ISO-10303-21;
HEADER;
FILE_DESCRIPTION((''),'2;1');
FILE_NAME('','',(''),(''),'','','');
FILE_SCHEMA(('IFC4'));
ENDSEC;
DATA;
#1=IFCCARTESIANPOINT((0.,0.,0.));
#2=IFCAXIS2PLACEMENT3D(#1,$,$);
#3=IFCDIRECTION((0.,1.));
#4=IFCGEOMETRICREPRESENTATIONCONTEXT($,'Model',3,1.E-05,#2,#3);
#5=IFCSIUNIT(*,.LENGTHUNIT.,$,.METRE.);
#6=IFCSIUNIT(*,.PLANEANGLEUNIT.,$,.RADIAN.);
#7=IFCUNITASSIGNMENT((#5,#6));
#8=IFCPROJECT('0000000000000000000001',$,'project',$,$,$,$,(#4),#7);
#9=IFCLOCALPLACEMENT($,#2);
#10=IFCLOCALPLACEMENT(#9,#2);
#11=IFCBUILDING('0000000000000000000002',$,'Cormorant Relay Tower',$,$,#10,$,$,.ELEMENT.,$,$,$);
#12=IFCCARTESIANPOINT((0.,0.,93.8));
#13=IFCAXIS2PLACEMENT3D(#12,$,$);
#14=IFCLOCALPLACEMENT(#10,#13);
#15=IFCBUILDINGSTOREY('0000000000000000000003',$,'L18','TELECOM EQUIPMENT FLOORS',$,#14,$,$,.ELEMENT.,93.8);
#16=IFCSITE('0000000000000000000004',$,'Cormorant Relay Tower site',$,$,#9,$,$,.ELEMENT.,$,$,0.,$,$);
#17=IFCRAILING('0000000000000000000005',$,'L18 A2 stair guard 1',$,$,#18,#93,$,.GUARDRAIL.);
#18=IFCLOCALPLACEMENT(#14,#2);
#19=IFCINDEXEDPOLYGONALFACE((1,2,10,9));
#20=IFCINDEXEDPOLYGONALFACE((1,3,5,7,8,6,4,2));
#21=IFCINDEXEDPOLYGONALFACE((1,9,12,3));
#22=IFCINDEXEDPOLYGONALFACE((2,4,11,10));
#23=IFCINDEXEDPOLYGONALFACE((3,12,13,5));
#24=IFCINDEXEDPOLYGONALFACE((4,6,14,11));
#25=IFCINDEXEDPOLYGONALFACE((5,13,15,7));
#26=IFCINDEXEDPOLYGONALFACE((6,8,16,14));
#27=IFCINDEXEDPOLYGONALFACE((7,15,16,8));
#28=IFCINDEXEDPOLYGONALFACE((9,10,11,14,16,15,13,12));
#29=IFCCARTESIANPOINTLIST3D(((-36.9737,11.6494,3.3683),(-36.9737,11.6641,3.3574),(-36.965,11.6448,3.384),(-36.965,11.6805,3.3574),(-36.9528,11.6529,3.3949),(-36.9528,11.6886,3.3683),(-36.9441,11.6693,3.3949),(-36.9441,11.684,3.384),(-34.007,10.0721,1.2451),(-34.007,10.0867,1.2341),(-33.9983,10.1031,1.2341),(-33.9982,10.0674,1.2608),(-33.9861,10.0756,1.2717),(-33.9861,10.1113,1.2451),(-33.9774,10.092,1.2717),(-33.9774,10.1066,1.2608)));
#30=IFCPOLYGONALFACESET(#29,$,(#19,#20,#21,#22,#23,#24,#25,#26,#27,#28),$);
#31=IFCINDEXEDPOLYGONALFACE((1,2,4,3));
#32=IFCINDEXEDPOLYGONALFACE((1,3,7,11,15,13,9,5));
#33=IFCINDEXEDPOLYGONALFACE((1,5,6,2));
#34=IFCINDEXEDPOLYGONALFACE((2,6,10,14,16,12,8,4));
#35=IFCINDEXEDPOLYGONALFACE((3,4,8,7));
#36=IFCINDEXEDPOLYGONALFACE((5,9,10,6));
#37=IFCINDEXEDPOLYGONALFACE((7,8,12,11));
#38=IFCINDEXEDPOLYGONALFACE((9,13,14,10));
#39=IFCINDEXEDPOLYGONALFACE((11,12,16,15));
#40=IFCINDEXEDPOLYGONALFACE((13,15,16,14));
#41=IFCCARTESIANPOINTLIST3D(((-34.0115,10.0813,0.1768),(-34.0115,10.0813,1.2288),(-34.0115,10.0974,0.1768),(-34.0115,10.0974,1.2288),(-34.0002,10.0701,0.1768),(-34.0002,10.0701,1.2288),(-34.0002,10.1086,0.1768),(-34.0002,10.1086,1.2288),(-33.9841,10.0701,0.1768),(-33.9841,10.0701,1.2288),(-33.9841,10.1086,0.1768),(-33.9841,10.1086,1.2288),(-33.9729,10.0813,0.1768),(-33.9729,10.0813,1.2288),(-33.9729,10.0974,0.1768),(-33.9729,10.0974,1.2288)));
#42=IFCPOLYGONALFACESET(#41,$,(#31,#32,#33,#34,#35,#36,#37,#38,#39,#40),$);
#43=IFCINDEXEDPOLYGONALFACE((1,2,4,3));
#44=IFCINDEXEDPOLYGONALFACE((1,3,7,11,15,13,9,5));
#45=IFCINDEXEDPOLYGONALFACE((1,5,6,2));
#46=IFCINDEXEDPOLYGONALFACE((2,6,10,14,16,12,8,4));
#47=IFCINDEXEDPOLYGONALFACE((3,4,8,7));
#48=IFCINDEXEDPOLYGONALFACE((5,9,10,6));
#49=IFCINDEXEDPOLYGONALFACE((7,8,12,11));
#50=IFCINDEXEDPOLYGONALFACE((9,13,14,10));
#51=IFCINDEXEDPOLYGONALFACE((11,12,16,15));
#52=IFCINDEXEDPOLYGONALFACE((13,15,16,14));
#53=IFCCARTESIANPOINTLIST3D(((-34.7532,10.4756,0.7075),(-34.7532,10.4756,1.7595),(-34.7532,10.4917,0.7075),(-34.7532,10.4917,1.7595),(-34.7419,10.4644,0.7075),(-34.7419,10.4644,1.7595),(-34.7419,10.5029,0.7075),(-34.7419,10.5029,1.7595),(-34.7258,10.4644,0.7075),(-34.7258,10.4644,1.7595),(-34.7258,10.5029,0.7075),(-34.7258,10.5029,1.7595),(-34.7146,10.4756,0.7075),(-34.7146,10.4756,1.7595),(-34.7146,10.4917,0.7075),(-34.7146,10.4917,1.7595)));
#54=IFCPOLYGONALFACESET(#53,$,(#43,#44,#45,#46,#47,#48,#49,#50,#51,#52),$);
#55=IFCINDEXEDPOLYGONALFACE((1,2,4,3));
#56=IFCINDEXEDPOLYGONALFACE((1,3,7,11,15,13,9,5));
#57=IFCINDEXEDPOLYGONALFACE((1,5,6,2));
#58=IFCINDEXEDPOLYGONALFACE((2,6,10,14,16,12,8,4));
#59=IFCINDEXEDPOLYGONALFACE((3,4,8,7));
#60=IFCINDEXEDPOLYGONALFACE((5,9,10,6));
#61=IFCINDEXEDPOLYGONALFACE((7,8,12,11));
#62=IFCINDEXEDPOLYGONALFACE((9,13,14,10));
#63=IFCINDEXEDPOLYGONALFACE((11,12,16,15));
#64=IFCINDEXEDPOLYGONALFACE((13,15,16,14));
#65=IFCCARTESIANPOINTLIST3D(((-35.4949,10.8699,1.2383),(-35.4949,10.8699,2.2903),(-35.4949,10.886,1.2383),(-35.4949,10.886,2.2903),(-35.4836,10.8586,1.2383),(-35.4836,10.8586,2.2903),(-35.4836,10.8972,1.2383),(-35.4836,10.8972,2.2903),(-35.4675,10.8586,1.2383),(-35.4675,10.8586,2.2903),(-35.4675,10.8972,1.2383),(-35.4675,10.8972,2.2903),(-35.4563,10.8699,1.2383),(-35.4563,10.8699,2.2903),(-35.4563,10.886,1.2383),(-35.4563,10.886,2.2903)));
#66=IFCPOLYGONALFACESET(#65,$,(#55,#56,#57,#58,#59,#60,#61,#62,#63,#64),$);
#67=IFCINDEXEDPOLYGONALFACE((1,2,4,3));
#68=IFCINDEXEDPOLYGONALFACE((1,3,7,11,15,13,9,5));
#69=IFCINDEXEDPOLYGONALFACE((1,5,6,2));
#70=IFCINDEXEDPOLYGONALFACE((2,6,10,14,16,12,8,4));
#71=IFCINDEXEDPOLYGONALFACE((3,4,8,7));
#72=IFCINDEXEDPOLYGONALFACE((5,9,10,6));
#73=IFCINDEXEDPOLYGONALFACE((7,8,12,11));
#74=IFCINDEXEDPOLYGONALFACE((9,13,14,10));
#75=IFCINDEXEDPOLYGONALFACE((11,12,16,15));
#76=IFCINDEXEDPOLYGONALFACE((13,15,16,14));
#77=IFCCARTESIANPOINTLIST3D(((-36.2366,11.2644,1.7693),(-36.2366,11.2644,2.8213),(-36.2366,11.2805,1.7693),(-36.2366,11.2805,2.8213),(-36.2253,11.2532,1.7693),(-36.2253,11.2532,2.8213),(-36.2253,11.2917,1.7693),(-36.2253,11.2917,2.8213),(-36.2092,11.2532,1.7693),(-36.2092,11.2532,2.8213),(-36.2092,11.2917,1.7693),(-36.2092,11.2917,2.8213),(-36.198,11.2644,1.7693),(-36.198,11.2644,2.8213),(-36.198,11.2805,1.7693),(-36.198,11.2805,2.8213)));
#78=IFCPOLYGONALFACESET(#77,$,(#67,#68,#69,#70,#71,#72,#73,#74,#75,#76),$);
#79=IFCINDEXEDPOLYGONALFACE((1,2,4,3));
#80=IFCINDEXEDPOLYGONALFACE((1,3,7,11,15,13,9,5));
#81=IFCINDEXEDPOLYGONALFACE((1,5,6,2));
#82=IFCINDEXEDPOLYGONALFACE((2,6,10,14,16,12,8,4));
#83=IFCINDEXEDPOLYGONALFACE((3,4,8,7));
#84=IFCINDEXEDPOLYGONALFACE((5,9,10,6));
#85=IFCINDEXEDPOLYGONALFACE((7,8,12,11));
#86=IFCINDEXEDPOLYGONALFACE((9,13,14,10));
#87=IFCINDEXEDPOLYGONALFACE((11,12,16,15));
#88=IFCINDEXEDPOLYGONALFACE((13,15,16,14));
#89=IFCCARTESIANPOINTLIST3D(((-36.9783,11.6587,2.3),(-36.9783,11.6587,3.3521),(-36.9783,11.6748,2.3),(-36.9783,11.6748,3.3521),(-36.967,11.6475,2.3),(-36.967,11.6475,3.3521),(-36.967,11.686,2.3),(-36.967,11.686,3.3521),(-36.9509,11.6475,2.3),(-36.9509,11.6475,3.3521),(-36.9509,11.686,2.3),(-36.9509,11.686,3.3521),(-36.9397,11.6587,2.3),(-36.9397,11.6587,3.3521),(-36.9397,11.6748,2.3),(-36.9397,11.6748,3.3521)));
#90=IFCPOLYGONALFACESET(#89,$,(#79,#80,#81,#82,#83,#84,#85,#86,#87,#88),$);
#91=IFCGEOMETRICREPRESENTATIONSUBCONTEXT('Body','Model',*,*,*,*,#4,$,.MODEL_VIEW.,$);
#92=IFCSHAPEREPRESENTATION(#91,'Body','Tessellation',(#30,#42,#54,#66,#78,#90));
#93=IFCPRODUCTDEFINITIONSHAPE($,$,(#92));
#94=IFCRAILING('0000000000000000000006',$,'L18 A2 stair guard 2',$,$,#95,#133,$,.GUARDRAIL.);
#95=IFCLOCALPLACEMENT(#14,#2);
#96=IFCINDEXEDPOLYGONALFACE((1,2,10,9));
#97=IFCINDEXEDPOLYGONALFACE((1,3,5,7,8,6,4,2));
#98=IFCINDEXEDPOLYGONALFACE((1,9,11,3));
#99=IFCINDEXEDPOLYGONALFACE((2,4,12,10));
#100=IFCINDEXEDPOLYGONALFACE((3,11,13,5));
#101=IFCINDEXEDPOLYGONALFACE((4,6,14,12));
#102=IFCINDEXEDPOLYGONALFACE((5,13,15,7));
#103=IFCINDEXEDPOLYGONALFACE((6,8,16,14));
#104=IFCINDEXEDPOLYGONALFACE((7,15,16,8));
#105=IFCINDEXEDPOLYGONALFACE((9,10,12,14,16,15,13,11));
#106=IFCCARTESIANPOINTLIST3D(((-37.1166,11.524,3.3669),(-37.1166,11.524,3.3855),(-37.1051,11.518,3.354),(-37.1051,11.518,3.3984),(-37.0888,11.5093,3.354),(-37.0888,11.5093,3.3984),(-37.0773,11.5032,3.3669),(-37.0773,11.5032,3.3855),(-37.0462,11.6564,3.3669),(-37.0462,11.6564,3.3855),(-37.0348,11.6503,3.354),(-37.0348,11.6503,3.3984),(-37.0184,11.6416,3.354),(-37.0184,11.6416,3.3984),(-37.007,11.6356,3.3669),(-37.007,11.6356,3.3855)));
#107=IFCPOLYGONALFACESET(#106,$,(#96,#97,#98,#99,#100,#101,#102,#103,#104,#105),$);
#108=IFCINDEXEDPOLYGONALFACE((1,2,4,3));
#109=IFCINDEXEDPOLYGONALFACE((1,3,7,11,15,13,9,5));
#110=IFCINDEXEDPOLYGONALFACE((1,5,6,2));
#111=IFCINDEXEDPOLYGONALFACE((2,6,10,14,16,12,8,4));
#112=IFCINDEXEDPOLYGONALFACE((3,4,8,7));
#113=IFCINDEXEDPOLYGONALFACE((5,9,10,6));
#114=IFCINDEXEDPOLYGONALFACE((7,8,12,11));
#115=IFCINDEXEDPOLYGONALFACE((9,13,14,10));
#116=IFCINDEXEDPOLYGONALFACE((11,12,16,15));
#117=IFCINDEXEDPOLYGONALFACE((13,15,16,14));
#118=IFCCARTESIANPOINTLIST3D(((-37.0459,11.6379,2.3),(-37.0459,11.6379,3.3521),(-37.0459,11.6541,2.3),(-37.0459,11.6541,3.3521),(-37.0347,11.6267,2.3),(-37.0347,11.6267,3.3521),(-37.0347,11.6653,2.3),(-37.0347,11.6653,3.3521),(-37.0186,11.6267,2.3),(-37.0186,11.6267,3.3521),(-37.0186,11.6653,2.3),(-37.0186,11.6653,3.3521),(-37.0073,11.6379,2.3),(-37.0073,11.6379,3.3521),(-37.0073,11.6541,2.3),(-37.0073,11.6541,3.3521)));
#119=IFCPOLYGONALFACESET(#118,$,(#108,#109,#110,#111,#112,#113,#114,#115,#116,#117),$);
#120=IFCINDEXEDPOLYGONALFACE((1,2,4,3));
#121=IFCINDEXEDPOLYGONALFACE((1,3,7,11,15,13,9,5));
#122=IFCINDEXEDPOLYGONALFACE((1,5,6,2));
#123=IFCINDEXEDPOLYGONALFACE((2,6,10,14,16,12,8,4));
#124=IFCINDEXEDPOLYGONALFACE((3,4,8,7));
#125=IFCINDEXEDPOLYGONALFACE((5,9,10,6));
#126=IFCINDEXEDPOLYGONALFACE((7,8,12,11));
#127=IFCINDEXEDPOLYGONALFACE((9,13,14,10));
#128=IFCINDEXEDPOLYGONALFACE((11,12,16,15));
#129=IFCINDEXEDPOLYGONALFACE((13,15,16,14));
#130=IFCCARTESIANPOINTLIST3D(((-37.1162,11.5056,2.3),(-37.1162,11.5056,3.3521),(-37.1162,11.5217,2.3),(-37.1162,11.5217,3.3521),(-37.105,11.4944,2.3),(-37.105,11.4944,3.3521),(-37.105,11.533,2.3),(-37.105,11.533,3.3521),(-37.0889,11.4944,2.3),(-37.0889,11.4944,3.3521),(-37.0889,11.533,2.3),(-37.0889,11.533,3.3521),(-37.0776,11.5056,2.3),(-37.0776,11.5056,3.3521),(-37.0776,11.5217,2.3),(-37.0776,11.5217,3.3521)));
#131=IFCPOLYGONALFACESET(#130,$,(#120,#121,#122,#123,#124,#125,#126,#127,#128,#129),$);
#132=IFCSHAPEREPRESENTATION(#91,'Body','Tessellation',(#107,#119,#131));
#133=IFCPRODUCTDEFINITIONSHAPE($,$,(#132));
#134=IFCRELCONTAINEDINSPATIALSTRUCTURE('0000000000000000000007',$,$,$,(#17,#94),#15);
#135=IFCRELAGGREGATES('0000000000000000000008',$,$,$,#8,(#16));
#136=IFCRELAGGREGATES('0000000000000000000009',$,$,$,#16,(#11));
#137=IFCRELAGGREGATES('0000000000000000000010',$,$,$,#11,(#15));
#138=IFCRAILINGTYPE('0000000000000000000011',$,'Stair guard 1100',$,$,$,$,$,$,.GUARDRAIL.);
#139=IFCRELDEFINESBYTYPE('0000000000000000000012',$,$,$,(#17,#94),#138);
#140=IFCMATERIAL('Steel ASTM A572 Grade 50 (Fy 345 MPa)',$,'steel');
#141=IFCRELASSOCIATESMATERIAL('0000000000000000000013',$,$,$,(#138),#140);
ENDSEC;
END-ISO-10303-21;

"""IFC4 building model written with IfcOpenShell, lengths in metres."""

from ifc_helpers import new_model, si_unit, direction, frame, origin, place, context, subcontext, project, spatial, polyline, outline, extrude, material, type_object, element, save


model = new_model("IFC4")

# Units and contexts
model_context = context("Model", 3, precision=1e-05, world=origin(), true_north=direction((0.0, 1.0)))
body_context = subcontext(model_context, "Body", "Model", "MODEL_VIEW")
ifc_project = project(units=[si_unit("LENGTHUNIT", "METRE"), si_unit("PLANEANGLEUNIT", "RADIAN")], contexts=[model_context])

# Site, building, storey
site_placement = place(None, origin())
site = spatial("IfcSite", under=ifc_project, at=site_placement, Name="Cormorant Relay Tower site", CompositionType="ELEMENT", RefElevation=0.0)
building_placement = place(site_placement, origin())
building = spatial("IfcBuilding", under=site, at=building_placement, Name="Cormorant Relay Tower", CompositionType="ELEMENT")
storey_placement = place(building_placement, frame((0.0, 0.0, 93.8)))
storey = spatial("IfcBuildingStorey", under=building, at=storey_placement, Name="L18", Description="TELECOM EQUIPMENT FLOORS", CompositionType="ELEMENT", Elevation=93.8)

# Railings
ifc_material_1 = material(Name="Steel ASTM A572 Grade 50 (Fy 345 MPa)", Category="steel")
railing_type_1 = type_object("IfcRailingType", Name="Stair guard 1100", PredefinedType="GUARDRAIL", material=ifc_material_1)
railing_1_placement = place(storey_placement, frame((-33.9922, 10.0894, 0.1768)))
element("IfcRailing", 1, at=railing_1_placement, inside=storey, type_object=railing_type_1, Name="L18 A2 stair guard 1", PredefinedType="GUARDRAIL", context=body_context, shape_type="SweptSolid", body=[
    extrude(outline(polyline([(0.0222, 0.0093), (0.0093, 0.0222), (-0.0093, 0.0222), (-0.0222, 0.0093), (-0.0222, -0.0093), (-0.0093, -0.0222), (0.0093, -0.0222), (0.0222, -0.0093), (0.0222, 0.0093)])), frame((0.0, 0.0, 1.0762), z_axis=(-0.746416, 0.396856, 0.534199), x_axis=(-0.469453, -0.882958, 0.0)), (0.0, 0.0, 1.0), 3.9746),
    extrude(outline(polyline([(0.0193, 0.0081), (0.0081, 0.0193), (-0.0081, 0.0193), (-0.0193, 0.0081), (-0.0193, -0.0081), (-0.0081, -0.0193), (0.0081, -0.0193), (0.0193, -0.0081), (0.0193, 0.0081)])), origin(), (0.0, 0.0, 1.0), 1.052),
    extrude(outline(polyline([(0.0193, 0.0081), (0.0081, 0.0193), (-0.0081, 0.0193), (-0.0193, 0.0081), (-0.0193, -0.0081), (-0.0081, -0.0193), (0.0081, -0.0193), (0.0193, -0.0081), (0.0193, 0.0081)])), frame((-0.7417, 0.3943, 0.5308)), (0.0, 0.0, 1.0), 1.052),
    extrude(outline(polyline([(0.0193, 0.0081), (0.0081, 0.0193), (-0.0081, 0.0193), (-0.0193, 0.0081), (-0.0193, -0.0081), (-0.0081, -0.0193), (0.0081, -0.0193), (0.0193, -0.0081), (0.0193, 0.0081)])), frame((-1.4834, 0.7886, 1.0615)), (0.0, 0.0, 1.0), 1.052),
    extrude(outline(polyline([(0.0193, 0.0081), (0.0081, 0.0193), (-0.0081, 0.0193), (-0.0193, 0.0081), (-0.0193, -0.0081), (-0.0081, -0.0193), (0.0081, -0.0193), (0.0193, -0.0081), (0.0193, 0.0081)])), frame((-2.2251, 1.1831, 1.5925)), (0.0, 0.0, 1.0), 1.052),
    extrude(outline(polyline([(0.0193, 0.0081), (0.0081, 0.0193), (-0.0081, 0.0193), (-0.0193, 0.0081), (-0.0193, -0.0081), (-0.0081, -0.0193), (0.0081, -0.0193), (0.0193, -0.0081), (0.0193, 0.0081)])), frame((-2.9668, 1.5774, 2.1233)), (0.0, 0.0, 1.0), 1.052),
])
railing_2_placement = place(storey_placement, frame((-37.0266, 11.646, 2.3)))
element("IfcRailing", 2, at=railing_2_placement, inside=storey, type_object=railing_type_1, Name="L18 A2 stair guard 2", PredefinedType="GUARDRAIL", context=body_context, shape_type="SweptSolid", body=[
    extrude(outline(polyline([(0.0222, 0.0093), (0.0093, 0.0222), (-0.0093, 0.0222), (-0.0222, 0.0093), (-0.0222, -0.0093), (-0.0093, -0.0222), (0.0093, -0.0222), (0.0222, -0.0093), (0.0222, 0.0093)])), frame((0.0, 0.0, 1.0762), z_axis=(-0.469235, -0.883074, 0.0), x_axis=(0.883074, -0.469235, 0.0)), (0.0, 0.0, 1.0), 0.1499),
    extrude(outline(polyline([(0.0193, 0.0081), (0.0081, 0.0193), (-0.0081, 0.0193), (-0.0193, 0.0081), (-0.0193, -0.0081), (-0.0081, -0.0193), (0.0081, -0.0193), (0.0193, -0.0081), (0.0193, 0.0081)])), origin(), (0.0, 0.0, 1.0), 1.052),
    extrude(outline(polyline([(0.0193, 0.0081), (0.0081, 0.0193), (-0.0081, 0.0193), (-0.0193, 0.0081), (-0.0193, -0.0081), (-0.0081, -0.0193), (0.0081, -0.0193), (0.0193, -0.0081), (0.0193, 0.0081)])), frame((-0.0703, -0.1323, 0.0)), (0.0, 0.0, 1.0), 1.052),
])

save(model, "model.ifc")
